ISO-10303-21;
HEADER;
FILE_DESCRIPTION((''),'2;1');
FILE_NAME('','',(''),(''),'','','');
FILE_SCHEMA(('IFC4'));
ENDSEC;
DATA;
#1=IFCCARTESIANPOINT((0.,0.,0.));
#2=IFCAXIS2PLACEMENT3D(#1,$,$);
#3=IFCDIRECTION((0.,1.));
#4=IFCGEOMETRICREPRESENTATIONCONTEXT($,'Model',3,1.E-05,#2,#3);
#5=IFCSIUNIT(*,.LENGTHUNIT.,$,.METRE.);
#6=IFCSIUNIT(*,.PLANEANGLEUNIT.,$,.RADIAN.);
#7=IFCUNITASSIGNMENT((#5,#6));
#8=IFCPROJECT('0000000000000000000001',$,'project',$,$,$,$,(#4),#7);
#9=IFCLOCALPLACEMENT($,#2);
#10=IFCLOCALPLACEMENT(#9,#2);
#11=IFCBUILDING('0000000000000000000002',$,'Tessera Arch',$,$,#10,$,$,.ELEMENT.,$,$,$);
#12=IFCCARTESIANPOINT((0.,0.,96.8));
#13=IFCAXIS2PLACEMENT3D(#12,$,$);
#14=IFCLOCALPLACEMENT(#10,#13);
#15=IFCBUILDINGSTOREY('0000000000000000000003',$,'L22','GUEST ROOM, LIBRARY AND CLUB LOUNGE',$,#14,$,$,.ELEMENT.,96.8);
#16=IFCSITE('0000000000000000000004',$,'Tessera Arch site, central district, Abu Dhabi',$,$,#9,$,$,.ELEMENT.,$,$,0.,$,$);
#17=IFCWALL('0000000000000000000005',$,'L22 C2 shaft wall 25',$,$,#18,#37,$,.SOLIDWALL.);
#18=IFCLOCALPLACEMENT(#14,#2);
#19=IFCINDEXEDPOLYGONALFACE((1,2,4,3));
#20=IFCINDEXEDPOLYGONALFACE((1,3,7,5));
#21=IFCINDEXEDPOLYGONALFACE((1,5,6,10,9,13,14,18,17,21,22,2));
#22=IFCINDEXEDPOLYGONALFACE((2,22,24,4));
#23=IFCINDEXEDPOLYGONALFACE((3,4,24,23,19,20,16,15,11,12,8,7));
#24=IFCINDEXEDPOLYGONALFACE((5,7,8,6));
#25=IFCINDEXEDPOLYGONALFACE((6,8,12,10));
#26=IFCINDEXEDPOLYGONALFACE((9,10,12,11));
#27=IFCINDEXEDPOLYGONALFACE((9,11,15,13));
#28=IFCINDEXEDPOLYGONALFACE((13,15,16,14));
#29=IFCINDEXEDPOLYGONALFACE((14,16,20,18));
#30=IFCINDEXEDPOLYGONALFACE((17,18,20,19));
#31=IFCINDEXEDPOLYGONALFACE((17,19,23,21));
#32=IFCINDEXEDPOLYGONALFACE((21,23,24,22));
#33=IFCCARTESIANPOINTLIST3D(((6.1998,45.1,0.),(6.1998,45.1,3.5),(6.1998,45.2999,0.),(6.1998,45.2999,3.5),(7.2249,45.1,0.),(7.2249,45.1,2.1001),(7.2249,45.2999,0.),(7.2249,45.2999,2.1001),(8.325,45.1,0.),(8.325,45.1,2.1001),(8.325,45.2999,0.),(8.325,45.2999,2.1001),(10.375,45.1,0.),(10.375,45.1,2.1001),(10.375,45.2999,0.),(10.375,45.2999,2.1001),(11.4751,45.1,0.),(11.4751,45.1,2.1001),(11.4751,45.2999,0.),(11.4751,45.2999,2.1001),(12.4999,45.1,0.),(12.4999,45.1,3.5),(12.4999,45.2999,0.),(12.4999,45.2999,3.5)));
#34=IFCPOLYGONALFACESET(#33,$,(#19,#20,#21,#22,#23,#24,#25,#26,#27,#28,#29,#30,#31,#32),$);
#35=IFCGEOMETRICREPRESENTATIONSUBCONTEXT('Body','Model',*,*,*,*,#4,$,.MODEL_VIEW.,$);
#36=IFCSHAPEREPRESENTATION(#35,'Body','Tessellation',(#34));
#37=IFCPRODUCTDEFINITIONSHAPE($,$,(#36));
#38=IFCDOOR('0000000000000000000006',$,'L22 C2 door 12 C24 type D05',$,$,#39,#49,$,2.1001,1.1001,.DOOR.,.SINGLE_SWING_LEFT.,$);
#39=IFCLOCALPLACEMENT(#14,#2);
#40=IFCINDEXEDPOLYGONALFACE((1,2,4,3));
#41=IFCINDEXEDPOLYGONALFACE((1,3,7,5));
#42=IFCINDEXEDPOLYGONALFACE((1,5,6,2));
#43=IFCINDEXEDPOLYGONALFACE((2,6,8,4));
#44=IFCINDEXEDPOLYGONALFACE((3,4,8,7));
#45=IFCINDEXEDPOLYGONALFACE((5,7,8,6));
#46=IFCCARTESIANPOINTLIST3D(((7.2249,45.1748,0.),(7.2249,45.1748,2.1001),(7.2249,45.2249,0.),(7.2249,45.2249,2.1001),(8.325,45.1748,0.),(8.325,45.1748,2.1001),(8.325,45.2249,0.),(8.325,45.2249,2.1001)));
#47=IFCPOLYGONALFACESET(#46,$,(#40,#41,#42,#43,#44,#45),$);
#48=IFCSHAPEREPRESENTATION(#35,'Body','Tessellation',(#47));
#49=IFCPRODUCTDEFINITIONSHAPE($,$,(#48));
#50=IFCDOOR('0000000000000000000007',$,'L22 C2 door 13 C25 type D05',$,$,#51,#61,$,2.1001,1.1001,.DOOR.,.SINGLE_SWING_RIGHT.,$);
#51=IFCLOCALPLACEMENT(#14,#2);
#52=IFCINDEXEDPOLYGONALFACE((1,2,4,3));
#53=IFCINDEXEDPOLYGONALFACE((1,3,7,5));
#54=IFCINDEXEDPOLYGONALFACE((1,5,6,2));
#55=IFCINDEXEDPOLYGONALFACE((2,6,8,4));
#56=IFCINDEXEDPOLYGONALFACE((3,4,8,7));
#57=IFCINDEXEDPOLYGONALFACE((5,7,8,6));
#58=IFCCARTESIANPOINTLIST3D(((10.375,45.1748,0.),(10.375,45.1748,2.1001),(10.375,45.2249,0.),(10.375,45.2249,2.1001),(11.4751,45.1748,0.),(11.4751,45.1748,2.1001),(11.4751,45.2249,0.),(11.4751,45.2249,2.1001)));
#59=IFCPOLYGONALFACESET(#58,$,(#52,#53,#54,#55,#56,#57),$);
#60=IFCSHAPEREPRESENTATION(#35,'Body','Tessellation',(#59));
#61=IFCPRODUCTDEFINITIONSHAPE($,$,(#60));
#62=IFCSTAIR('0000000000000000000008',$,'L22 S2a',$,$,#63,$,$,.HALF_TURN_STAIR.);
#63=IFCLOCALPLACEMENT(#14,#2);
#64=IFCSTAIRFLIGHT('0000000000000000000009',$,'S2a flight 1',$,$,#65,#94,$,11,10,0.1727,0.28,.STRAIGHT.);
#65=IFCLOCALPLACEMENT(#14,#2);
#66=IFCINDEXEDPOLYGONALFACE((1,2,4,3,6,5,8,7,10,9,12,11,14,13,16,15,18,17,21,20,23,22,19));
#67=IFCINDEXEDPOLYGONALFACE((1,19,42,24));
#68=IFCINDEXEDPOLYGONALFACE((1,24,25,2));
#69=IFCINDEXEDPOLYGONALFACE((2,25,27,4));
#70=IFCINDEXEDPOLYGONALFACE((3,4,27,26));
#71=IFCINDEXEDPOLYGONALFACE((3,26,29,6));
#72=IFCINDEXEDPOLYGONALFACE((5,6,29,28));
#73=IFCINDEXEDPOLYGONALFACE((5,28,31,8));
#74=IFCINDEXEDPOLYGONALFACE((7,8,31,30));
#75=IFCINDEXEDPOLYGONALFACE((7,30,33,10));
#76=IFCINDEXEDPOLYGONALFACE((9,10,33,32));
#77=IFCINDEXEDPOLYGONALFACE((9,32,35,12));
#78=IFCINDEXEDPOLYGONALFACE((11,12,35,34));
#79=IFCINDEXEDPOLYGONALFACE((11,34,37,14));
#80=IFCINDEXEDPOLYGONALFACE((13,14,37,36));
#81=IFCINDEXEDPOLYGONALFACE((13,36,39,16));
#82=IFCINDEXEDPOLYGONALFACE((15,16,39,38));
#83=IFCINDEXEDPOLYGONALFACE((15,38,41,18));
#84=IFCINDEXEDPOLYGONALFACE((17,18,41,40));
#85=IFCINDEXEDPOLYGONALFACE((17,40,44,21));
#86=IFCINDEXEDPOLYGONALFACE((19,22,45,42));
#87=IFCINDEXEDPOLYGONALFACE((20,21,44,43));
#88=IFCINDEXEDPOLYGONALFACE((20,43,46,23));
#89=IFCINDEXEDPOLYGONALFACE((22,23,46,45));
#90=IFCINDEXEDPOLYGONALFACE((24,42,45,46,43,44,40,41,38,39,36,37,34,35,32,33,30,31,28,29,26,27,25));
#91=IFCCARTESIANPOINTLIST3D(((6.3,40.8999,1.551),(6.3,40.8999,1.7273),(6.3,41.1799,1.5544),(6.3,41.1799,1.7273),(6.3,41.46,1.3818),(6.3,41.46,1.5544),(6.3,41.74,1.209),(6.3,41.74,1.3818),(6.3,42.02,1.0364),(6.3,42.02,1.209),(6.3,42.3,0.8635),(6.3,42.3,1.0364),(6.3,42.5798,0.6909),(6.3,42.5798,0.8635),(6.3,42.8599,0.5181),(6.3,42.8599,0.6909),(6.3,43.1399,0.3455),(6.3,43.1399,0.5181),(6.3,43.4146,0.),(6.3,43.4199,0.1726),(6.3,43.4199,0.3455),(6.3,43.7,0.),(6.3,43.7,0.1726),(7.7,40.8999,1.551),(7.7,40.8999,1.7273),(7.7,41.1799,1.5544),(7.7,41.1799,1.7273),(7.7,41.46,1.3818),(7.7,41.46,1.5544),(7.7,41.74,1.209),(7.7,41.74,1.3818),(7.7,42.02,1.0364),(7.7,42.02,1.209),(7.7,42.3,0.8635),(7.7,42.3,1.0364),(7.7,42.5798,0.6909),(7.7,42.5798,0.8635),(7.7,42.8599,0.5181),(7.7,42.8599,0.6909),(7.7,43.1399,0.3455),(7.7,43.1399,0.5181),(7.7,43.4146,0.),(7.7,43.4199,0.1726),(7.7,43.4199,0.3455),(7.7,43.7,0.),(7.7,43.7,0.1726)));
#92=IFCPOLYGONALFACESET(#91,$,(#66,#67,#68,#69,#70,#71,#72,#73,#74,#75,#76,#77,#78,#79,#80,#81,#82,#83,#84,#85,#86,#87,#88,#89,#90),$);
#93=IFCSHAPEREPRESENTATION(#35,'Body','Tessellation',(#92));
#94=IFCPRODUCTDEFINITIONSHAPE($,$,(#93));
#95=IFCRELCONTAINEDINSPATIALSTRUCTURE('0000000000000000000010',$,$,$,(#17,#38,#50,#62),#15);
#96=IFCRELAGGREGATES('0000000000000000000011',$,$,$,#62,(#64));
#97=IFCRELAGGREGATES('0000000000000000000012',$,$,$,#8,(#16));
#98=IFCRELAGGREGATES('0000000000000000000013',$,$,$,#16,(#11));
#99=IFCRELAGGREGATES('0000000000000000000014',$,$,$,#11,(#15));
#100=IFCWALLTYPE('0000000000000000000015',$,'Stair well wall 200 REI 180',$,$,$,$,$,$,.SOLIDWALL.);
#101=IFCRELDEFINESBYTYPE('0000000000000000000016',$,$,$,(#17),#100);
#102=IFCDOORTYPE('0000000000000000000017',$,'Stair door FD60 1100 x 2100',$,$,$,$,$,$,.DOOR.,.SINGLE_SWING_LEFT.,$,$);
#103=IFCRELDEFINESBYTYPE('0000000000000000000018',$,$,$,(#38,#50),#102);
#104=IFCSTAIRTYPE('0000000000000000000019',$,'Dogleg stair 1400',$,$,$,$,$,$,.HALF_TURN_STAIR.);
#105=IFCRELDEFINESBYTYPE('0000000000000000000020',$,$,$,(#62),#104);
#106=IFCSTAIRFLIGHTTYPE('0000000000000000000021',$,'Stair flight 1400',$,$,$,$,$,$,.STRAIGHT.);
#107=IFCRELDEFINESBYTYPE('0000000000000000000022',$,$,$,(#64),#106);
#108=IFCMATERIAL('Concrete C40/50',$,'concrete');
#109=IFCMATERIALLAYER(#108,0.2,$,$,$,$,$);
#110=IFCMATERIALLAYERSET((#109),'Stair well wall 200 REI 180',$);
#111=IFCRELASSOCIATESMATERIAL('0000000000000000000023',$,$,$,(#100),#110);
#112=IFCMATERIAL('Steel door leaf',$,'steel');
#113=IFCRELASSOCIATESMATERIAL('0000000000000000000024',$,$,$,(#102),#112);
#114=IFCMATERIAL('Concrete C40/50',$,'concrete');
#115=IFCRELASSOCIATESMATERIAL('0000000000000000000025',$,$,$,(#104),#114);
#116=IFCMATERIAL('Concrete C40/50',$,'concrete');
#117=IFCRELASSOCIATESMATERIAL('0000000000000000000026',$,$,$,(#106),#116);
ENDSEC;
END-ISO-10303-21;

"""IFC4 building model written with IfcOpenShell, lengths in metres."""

from ifc_helpers import new_model, si_unit, direction, frame, frame_2d, origin, place, context, subcontext, project, spatial, polyline, rectangle, outline, extrude, material, layer, layer_set, type_object, element, fill, aggregate, save


model = new_model("IFC4")

# Units and contexts
model_context = context("Model", 3, precision=1e-05, world=origin(), true_north=direction((0.0, 1.0)))
body_context = subcontext(model_context, "Body", "Model", "MODEL_VIEW")
ifc_project = project(units=[si_unit("LENGTHUNIT", "METRE"), si_unit("PLANEANGLEUNIT", "RADIAN")], contexts=[model_context])

# Site, building, storey
site_placement = place(None, origin())
site = spatial("IfcSite", under=ifc_project, at=site_placement, Name="Tessera Arch site, central district, Abu Dhabi", CompositionType="ELEMENT", RefElevation=0.0)
building_placement = place(site_placement, origin())
building = spatial("IfcBuilding", under=site, at=building_placement, Name="Tessera Arch", CompositionType="ELEMENT")
storey_placement = place(building_placement, frame((0.0, 0.0, 96.8)))
storey = spatial("IfcBuildingStorey", under=building, at=storey_placement, Name="L22", Description="GUEST ROOM, LIBRARY AND CLUB LOUNGE", CompositionType="ELEMENT", Elevation=96.8)

# Wall, openings, doors
ifc_material_1 = material(Name="Concrete C40/50", Category="concrete")
ifc_layer_1 = layer(ifc_material_1, 0.2)
ifc_layer_set_1 = layer_set([ifc_layer_1], Name="Stair well wall 200 REI 180")
wall_type_1 = type_object("IfcWallType", Name="Stair well wall 200 REI 180", PredefinedType="SOLIDWALL", material=ifc_layer_set_1)
wall_1_placement = place(storey_placement, frame((6.2, 45.2, 0.0), z_axis=(0.0, 0.0, 1.0), x_axis=(1.0, 0.0, 0.0)))
wall_1 = element("IfcWall", 1, at=wall_1_placement, inside=storey, type_object=wall_type_1, Name="L22 C2 shaft wall 25", PredefinedType="SOLIDWALL", context=body_context, shape_type="SweptSolid", body=[
    extrude(rectangle(XDim=6.3, YDim=0.2, at=frame_2d((3.1499, 0.0))), origin(), (0.0, 0.0, 1.0), 3.5),
])
opening_1_placement = place(wall_1_placement, frame((1.0249, 0.0, 0.0)))
opening_1 = element("IfcOpeningElement", 2, at=opening_1_placement, cuts=wall_1, PredefinedType="OPENING", context=body_context, shape_type="SweptSolid", body=[
    extrude(rectangle(XDim=1.1001, YDim=2.1001, at=frame_2d((0.55, 1.05))), frame((0.0, 0.1099, 0.0), z_axis=(0.0, -1.0, 0.0), x_axis=(1.0, 0.0, 0.0)), (0.0, 0.0, 1.0), 0.22),
])
opening_2_placement = place(wall_1_placement, frame((4.175, 0.0, 0.0)))
opening_2 = element("IfcOpeningElement", 3, at=opening_2_placement, cuts=wall_1, PredefinedType="OPENING", context=body_context, shape_type="SweptSolid", body=[
    extrude(rectangle(XDim=1.1001, YDim=2.1001, at=frame_2d((0.55, 1.05))), frame((0.0, 0.1099, 0.0), z_axis=(0.0, -1.0, 0.0), x_axis=(1.0, 0.0, 0.0)), (0.0, 0.0, 1.0), 0.22),
])
ifc_material_2 = material(Name="Steel door leaf", Category="steel")
door_type_1 = type_object("IfcDoorType", Name="Stair door FD60 1100 x 2100", OperationType="SINGLE_SWING_LEFT", PredefinedType="DOOR", material=ifc_material_2)
door_1_placement = place(opening_1_placement, origin())
door_1 = element("IfcDoor", 4, at=door_1_placement, inside=storey, type_object=door_type_1, Name="L22 C2 door 12 C24 type D05", OperationType="SINGLE_SWING_LEFT", OverallHeight=2.1001, OverallWidth=1.1001, PredefinedType="DOOR", context=body_context, shape_type="SweptSolid", body=[
    extrude(rectangle(XDim=1.1001, YDim=2.1001, at=frame_2d((0.55, 1.05))), frame((0.0, 0.0249, 0.0), z_axis=(0.0, -1.0, 0.0), x_axis=(1.0, 0.0, 0.0)), (0.0, 0.0, 1.0), 0.05),
])
fill(opening_1, door_1)
door_2_placement = place(opening_2_placement, origin())
door_2 = element("IfcDoor", 5, at=door_2_placement, inside=storey, type_object=door_type_1, Name="L22 C2 door 13 C25 type D05", OperationType="SINGLE_SWING_RIGHT", OverallHeight=2.1001, OverallWidth=1.1001, PredefinedType="DOOR", context=body_context, shape_type="SweptSolid", body=[
    extrude(rectangle(XDim=1.1001, YDim=2.1001, at=frame_2d((0.55, 1.05))), frame((0.0, 0.0249, 0.0), z_axis=(0.0, -1.0, 0.0), x_axis=(1.0, 0.0, 0.0)), (0.0, 0.0, 1.0), 0.05),
])
fill(opening_2, door_2)

# Stair, stair flight
ifc_material_3 = material(Name="Concrete C40/50", Category="concrete")
stair_type = type_object("IfcStairType", Name="Dogleg stair 1400", PredefinedType="HALF_TURN_STAIR", material=ifc_material_3)
stair_placement = place(storey_placement, origin())
stair = element("IfcStair", 6, at=stair_placement, inside=storey, type_object=stair_type, Name="L22 S2a", PredefinedType="HALF_TURN_STAIR")
ifc_material_4 = material(Name="Concrete C40/50", Category="concrete")
stair_flight_type = type_object("IfcStairFlightType", Name="Stair flight 1400", PredefinedType="STRAIGHT", material=ifc_material_4)
stair_flight_placement = place(storey_placement, frame((7.0, 43.7, 0.0), z_axis=(0.0, 0.0, 1.0), x_axis=(0.0, -1.0, 0.0)))
stair_flight = element("IfcStairFlight", 7, at=stair_flight_placement, type_object=stair_flight_type, Name="S2a flight 1", NumberOfRisers=11, NumberOfTreads=10, PredefinedType="STRAIGHT", RiserHeight=0.1727, TreadLength=0.28, context=body_context, shape_type="SweptSolid", body=[
    extrude(outline(polyline([(0.0, 0.0), (0.0, 0.1726), (0.28, 0.1726), (0.28, 0.3455), (0.5601, 0.3455), (0.5601, 0.5181), (0.8401, 0.5181), (0.8401, 0.6909), (1.1201, 0.6909), (1.1201, 0.8635), (1.3999, 0.8635), (1.3999, 1.0364), (1.6799, 1.0364), (1.6799, 1.209), (1.96, 1.209), (1.96, 1.3818), (2.24, 1.3818), (2.24, 1.5544), (2.52, 1.5544), (2.52, 1.7273), (2.8, 1.7273), (2.8, 1.8999), (2.8, 1.551), (0.2854, 0.0), (0.0, 0.0)])), frame((0.0, 0.7, 0.0), z_axis=(0.0, -1.0, 0.0), x_axis=(1.0, 0.0, 0.0)), (0.0, 0.0, 1.0), 1.3999),
])
aggregate(stair, [stair_flight])

save(model, "model.ifc")
